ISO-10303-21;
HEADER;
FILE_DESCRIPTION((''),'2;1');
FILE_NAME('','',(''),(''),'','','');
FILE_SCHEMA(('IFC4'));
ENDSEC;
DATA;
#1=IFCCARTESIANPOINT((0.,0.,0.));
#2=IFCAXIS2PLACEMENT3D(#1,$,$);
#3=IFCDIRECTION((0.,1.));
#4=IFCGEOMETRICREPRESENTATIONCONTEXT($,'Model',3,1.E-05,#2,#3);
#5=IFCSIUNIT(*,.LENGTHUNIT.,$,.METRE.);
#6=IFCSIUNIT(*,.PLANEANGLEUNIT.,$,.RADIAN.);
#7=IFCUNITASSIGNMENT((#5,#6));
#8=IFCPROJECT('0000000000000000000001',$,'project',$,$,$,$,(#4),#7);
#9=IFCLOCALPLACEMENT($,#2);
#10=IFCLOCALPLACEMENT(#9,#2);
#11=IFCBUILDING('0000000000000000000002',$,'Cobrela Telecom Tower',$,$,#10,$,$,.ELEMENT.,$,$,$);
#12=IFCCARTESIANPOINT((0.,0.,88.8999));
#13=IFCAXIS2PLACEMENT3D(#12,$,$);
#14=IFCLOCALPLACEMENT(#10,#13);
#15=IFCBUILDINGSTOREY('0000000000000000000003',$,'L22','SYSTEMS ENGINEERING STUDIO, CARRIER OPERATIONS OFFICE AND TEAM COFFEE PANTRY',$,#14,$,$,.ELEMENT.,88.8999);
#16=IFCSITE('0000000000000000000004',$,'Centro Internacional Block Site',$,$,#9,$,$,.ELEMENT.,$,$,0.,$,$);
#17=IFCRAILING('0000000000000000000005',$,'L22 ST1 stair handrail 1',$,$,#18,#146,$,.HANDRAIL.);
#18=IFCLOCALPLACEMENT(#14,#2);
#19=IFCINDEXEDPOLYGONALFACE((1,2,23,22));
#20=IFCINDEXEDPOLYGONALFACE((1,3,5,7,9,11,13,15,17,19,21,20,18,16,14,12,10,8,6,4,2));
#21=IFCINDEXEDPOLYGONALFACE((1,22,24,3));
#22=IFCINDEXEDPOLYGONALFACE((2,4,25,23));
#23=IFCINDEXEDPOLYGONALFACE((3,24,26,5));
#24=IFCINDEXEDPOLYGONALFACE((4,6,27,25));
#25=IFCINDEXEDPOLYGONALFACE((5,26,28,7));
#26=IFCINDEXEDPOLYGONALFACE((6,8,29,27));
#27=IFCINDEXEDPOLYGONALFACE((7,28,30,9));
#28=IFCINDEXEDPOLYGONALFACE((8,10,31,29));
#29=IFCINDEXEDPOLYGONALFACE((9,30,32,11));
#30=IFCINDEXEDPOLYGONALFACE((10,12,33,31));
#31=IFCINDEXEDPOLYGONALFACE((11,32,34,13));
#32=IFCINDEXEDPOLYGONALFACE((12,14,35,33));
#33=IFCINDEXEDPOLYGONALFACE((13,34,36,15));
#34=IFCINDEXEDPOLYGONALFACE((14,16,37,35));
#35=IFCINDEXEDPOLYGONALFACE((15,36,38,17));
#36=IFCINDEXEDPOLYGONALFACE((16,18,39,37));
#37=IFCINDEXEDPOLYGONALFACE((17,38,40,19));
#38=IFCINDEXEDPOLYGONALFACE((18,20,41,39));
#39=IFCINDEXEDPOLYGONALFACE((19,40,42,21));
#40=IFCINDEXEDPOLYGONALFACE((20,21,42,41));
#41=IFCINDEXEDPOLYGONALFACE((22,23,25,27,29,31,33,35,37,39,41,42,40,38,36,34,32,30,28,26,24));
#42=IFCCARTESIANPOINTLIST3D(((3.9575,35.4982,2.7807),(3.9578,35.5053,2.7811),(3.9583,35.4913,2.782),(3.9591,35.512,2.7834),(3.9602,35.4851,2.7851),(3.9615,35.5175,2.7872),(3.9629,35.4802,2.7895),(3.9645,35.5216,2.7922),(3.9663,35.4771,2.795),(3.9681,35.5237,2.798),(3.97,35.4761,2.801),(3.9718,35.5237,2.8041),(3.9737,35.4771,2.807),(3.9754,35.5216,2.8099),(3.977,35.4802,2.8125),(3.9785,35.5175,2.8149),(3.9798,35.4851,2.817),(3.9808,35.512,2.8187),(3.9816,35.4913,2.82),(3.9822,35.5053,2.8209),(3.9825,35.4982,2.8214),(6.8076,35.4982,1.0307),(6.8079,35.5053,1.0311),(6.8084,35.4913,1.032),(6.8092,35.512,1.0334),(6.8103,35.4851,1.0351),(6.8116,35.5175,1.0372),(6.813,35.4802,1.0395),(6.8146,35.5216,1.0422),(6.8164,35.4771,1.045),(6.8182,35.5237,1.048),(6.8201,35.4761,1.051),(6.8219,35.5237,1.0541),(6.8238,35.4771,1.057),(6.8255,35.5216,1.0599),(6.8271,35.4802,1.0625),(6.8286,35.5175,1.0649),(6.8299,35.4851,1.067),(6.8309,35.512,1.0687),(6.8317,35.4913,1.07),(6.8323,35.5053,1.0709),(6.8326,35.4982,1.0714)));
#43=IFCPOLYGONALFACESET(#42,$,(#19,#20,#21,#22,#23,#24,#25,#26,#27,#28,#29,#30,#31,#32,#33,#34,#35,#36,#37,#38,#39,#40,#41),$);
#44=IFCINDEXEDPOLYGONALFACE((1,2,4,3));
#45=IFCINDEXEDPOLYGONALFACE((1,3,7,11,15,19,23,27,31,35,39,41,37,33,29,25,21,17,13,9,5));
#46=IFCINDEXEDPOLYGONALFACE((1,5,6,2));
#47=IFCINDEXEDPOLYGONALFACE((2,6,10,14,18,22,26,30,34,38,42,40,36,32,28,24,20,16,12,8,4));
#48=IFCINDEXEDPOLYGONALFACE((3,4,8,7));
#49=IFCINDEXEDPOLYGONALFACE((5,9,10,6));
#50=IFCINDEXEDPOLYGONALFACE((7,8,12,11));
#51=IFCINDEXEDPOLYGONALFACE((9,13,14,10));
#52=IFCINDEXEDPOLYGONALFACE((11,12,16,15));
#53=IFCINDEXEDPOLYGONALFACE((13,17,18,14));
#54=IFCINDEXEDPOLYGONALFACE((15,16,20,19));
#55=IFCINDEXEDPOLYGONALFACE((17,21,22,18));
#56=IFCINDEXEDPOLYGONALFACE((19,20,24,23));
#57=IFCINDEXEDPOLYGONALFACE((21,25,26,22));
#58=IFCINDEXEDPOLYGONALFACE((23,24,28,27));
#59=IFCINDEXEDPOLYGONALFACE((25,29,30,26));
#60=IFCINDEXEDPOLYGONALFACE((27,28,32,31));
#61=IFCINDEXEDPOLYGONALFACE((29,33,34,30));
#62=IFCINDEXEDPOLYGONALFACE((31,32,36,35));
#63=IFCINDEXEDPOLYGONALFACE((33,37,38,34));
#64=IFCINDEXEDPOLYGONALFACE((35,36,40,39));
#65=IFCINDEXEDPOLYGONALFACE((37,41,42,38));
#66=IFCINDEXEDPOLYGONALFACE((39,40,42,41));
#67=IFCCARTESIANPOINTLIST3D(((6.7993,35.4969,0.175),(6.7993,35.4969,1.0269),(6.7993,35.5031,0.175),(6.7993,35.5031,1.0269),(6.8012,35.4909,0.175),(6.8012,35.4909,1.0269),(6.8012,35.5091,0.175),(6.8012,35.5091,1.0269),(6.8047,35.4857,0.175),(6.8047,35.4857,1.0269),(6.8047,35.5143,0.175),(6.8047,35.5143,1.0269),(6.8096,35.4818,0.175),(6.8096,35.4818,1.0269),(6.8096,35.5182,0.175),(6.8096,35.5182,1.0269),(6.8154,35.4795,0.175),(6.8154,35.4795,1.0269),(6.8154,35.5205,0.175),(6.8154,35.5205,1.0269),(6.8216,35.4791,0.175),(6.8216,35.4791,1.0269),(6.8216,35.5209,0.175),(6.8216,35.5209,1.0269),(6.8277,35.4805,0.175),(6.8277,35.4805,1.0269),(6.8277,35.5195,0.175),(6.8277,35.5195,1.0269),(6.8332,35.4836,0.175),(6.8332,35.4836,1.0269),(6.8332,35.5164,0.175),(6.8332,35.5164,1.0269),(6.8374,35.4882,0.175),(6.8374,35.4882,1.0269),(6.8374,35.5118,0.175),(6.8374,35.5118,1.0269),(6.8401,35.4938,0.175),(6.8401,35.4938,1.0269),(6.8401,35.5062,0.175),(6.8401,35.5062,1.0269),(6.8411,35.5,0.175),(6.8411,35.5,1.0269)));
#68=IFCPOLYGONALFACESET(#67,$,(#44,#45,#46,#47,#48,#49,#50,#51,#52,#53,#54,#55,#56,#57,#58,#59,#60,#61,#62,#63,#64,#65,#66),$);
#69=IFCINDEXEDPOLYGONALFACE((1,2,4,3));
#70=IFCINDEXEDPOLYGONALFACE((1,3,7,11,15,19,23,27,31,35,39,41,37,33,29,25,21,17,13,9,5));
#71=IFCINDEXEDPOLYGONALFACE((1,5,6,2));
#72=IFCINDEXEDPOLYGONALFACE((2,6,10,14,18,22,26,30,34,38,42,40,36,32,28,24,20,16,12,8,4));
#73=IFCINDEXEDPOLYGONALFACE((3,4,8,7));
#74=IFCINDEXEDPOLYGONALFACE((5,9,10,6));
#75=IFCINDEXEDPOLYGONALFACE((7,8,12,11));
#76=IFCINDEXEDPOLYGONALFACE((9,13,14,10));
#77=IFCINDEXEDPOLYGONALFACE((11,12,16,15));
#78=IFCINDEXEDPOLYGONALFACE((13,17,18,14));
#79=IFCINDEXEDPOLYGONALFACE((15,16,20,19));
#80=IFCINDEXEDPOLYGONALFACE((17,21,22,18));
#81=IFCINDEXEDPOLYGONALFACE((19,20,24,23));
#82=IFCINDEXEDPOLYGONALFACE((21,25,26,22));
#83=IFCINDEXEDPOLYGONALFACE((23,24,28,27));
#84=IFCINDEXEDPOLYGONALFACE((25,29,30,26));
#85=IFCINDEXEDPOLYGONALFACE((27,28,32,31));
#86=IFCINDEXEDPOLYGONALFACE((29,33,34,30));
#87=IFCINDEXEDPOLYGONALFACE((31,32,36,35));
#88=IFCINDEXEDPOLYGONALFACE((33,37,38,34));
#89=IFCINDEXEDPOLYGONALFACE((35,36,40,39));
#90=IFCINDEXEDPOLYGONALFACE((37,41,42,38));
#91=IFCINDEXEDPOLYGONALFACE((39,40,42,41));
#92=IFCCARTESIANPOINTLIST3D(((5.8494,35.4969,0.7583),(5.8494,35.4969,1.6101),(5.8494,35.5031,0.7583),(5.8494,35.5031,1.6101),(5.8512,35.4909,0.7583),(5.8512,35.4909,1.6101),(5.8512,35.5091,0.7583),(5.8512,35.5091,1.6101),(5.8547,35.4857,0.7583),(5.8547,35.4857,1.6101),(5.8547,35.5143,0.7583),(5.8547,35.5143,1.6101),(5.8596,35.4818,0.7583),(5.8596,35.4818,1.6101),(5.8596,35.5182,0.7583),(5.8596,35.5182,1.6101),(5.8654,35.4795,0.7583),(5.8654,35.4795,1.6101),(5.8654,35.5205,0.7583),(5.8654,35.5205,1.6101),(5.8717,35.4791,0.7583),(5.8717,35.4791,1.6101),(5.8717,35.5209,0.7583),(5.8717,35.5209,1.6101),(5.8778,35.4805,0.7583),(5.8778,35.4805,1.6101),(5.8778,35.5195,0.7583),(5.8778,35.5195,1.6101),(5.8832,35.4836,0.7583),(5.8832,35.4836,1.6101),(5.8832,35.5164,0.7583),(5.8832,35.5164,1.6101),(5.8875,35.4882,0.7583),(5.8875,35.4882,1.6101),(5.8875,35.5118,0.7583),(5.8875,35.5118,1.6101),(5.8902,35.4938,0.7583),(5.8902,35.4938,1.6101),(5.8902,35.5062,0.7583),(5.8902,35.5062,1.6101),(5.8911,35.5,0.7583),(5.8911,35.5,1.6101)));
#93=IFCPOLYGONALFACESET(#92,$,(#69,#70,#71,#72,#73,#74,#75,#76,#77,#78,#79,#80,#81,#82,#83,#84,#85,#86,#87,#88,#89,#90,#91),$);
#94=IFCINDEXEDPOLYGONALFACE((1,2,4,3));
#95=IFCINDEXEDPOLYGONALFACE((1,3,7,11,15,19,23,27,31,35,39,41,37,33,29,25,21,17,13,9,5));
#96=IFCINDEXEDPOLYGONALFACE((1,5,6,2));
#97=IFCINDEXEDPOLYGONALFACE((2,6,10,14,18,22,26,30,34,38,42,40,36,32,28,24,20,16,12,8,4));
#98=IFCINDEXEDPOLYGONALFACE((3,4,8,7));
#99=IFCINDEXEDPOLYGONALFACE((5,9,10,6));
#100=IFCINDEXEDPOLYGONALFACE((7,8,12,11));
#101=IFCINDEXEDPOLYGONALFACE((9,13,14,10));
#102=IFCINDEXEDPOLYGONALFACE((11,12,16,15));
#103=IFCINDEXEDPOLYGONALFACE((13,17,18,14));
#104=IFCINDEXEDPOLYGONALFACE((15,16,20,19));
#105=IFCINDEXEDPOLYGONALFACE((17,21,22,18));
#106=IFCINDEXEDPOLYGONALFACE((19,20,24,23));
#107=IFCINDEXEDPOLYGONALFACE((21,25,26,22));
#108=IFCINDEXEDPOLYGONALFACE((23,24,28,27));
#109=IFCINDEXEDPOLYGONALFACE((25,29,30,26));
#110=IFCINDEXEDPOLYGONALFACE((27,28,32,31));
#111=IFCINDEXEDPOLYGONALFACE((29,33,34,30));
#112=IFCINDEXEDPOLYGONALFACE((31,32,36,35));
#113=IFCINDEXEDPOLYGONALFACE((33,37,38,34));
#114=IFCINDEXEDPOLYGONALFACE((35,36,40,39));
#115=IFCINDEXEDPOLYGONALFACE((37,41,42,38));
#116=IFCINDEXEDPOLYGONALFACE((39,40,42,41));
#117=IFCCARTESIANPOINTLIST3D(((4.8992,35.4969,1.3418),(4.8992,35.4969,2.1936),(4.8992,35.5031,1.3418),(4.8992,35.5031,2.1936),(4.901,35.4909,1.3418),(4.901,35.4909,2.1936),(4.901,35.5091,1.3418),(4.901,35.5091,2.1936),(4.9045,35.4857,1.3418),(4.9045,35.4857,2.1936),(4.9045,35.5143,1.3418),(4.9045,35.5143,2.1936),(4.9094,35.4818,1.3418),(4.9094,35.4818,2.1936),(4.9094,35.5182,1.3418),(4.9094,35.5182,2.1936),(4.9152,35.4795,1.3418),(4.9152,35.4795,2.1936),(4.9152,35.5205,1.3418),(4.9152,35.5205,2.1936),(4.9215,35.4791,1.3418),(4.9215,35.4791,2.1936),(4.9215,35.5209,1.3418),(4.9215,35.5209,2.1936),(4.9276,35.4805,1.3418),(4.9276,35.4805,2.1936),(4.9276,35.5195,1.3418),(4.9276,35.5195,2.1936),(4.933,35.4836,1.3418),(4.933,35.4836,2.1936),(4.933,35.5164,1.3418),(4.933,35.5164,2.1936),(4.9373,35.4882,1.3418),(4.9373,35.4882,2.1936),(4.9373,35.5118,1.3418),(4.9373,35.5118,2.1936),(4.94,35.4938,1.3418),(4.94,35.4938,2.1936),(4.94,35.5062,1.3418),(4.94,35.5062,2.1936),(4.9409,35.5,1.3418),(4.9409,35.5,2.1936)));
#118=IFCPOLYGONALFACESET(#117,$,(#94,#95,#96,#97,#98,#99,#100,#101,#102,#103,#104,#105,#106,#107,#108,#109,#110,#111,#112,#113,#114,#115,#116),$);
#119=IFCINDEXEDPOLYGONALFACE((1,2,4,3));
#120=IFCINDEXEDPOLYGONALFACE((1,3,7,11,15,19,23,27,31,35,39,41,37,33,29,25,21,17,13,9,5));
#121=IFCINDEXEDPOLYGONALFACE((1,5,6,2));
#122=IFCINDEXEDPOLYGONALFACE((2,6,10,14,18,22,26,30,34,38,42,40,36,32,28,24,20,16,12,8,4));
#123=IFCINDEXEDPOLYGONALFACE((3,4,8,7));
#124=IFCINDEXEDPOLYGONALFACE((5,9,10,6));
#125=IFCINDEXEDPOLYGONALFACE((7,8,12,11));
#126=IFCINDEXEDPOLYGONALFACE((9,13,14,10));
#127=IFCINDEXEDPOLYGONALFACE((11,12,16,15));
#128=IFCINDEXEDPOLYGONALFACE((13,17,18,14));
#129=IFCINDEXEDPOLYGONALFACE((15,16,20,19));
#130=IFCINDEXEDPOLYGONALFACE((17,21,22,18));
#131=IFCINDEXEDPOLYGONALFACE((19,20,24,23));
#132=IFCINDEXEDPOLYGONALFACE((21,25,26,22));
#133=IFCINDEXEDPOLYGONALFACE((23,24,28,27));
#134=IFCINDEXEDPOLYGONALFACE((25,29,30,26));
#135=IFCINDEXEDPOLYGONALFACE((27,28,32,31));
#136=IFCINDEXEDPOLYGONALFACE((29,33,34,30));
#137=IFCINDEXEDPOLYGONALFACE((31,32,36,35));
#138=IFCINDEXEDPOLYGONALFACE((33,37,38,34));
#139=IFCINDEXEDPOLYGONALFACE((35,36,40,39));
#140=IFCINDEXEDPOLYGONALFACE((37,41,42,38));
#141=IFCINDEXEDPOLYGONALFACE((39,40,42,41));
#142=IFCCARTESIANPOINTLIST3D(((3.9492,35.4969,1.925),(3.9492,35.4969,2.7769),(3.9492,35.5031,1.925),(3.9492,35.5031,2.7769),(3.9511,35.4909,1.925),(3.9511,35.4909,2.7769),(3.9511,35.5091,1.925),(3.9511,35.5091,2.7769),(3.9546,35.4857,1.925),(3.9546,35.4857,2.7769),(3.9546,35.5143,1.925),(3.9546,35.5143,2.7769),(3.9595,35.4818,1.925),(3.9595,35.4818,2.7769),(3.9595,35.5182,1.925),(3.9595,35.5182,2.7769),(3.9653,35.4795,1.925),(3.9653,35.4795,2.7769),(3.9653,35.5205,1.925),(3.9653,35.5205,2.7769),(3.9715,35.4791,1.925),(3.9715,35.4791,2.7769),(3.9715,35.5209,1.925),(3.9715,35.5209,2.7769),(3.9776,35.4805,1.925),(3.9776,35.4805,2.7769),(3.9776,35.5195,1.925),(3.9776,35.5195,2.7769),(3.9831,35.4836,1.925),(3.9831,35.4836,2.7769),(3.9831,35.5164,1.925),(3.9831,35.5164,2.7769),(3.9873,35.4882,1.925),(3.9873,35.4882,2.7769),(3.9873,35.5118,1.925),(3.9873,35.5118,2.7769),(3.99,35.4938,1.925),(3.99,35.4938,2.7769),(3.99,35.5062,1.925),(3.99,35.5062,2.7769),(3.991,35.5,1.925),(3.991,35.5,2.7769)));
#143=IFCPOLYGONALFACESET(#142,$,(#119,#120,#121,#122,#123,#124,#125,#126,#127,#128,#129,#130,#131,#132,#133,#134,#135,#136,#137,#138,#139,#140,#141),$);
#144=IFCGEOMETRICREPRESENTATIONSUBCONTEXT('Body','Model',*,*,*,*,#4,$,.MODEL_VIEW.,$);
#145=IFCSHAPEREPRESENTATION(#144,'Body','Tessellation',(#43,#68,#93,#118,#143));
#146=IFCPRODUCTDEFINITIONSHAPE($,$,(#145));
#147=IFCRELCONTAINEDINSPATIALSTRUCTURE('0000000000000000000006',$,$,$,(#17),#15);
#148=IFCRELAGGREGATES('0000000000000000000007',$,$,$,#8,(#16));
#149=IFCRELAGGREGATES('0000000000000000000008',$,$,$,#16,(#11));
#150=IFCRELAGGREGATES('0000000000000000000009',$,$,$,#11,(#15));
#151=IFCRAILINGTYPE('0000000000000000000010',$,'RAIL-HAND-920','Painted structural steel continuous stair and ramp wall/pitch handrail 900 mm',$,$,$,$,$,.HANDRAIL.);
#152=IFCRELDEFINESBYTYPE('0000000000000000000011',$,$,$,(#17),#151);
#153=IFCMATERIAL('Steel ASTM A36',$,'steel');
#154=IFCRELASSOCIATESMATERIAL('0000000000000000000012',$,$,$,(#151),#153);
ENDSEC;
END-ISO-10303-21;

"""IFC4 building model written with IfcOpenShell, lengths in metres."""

from ifc_helpers import new_model, si_unit, direction, frame, origin, origin_2d, place, context, subcontext, project, spatial, circle, extrude, material, type_object, element, save


model = new_model("IFC4")

# Units and contexts
model_context = context("Model", 3, precision=1e-05, world=origin(), true_north=direction((0.0, 1.0)))
body_context = subcontext(model_context, "Body", "Model", "MODEL_VIEW")
ifc_project = project(units=[si_unit("LENGTHUNIT", "METRE"), si_unit("PLANEANGLEUNIT", "RADIAN")], contexts=[model_context])

# Site, building, storey
site_placement = place(None, origin())
site = spatial("IfcSite", under=ifc_project, at=site_placement, Name="Centro Internacional Block Site", CompositionType="ELEMENT", RefElevation=0.0)
building_placement = place(site_placement, origin())
building = spatial("IfcBuilding", under=site, at=building_placement, Name="Cobrela Telecom Tower", CompositionType="ELEMENT")
storey_placement = place(building_placement, frame((0.0, 0.0, 88.8999)))
storey = spatial("IfcBuildingStorey", under=building, at=storey_placement, Name="L22", Description="SYSTEMS ENGINEERING STUDIO, CARRIER OPERATIONS OFFICE AND TEAM COFFEE PANTRY", CompositionType="ELEMENT", Elevation=88.8999)

# Shared definitions
ifc_material_1 = material(Name="Steel ASTM A36", Category="steel")

# Railing
railing_type_1 = type_object("IfcRailingType", Name="RAIL-HAND-920", Description="Painted structural steel continuous stair and ramp wall/pitch handrail 900 mm", PredefinedType="HANDRAIL", material=ifc_material_1)
railing_1_placement = place(storey_placement, frame((6.8201, 35.5, 0.175)))
element("IfcRailing", 1, at=railing_1_placement, inside=storey, type_object=railing_type_1, Name="L22 ST1 stair handrail 1", PredefinedType="HANDRAIL", context=body_context, shape_type="SweptSolid", body=[
    extrude(circle(Radius=0.0239, at=origin_2d()), frame((0.0, 0.0, 0.876), z_axis=(-0.852179, 0.0, 0.52325), x_axis=(0.0, -1.0, 0.0)), (0.0, 0.0, 1.0), 3.3445),
    extrude(circle(Radius=0.021, at=origin_2d()), origin(), (0.0, 0.0, 1.0), 0.8518),
    extrude(circle(Radius=0.021, at=origin_2d()), frame((-0.95, 0.0, 0.5833)), (0.0, 0.0, 1.0), 0.8518),
    extrude(circle(Radius=0.021, at=origin_2d()), frame((-1.9001, 0.0, 1.1667)), (0.0, 0.0, 1.0), 0.8518),
    extrude(circle(Radius=0.021, at=origin_2d()), frame((-2.8501, 0.0, 1.75)), (0.0, 0.0, 1.0), 0.8518),
])

save(model, "model.ifc")
